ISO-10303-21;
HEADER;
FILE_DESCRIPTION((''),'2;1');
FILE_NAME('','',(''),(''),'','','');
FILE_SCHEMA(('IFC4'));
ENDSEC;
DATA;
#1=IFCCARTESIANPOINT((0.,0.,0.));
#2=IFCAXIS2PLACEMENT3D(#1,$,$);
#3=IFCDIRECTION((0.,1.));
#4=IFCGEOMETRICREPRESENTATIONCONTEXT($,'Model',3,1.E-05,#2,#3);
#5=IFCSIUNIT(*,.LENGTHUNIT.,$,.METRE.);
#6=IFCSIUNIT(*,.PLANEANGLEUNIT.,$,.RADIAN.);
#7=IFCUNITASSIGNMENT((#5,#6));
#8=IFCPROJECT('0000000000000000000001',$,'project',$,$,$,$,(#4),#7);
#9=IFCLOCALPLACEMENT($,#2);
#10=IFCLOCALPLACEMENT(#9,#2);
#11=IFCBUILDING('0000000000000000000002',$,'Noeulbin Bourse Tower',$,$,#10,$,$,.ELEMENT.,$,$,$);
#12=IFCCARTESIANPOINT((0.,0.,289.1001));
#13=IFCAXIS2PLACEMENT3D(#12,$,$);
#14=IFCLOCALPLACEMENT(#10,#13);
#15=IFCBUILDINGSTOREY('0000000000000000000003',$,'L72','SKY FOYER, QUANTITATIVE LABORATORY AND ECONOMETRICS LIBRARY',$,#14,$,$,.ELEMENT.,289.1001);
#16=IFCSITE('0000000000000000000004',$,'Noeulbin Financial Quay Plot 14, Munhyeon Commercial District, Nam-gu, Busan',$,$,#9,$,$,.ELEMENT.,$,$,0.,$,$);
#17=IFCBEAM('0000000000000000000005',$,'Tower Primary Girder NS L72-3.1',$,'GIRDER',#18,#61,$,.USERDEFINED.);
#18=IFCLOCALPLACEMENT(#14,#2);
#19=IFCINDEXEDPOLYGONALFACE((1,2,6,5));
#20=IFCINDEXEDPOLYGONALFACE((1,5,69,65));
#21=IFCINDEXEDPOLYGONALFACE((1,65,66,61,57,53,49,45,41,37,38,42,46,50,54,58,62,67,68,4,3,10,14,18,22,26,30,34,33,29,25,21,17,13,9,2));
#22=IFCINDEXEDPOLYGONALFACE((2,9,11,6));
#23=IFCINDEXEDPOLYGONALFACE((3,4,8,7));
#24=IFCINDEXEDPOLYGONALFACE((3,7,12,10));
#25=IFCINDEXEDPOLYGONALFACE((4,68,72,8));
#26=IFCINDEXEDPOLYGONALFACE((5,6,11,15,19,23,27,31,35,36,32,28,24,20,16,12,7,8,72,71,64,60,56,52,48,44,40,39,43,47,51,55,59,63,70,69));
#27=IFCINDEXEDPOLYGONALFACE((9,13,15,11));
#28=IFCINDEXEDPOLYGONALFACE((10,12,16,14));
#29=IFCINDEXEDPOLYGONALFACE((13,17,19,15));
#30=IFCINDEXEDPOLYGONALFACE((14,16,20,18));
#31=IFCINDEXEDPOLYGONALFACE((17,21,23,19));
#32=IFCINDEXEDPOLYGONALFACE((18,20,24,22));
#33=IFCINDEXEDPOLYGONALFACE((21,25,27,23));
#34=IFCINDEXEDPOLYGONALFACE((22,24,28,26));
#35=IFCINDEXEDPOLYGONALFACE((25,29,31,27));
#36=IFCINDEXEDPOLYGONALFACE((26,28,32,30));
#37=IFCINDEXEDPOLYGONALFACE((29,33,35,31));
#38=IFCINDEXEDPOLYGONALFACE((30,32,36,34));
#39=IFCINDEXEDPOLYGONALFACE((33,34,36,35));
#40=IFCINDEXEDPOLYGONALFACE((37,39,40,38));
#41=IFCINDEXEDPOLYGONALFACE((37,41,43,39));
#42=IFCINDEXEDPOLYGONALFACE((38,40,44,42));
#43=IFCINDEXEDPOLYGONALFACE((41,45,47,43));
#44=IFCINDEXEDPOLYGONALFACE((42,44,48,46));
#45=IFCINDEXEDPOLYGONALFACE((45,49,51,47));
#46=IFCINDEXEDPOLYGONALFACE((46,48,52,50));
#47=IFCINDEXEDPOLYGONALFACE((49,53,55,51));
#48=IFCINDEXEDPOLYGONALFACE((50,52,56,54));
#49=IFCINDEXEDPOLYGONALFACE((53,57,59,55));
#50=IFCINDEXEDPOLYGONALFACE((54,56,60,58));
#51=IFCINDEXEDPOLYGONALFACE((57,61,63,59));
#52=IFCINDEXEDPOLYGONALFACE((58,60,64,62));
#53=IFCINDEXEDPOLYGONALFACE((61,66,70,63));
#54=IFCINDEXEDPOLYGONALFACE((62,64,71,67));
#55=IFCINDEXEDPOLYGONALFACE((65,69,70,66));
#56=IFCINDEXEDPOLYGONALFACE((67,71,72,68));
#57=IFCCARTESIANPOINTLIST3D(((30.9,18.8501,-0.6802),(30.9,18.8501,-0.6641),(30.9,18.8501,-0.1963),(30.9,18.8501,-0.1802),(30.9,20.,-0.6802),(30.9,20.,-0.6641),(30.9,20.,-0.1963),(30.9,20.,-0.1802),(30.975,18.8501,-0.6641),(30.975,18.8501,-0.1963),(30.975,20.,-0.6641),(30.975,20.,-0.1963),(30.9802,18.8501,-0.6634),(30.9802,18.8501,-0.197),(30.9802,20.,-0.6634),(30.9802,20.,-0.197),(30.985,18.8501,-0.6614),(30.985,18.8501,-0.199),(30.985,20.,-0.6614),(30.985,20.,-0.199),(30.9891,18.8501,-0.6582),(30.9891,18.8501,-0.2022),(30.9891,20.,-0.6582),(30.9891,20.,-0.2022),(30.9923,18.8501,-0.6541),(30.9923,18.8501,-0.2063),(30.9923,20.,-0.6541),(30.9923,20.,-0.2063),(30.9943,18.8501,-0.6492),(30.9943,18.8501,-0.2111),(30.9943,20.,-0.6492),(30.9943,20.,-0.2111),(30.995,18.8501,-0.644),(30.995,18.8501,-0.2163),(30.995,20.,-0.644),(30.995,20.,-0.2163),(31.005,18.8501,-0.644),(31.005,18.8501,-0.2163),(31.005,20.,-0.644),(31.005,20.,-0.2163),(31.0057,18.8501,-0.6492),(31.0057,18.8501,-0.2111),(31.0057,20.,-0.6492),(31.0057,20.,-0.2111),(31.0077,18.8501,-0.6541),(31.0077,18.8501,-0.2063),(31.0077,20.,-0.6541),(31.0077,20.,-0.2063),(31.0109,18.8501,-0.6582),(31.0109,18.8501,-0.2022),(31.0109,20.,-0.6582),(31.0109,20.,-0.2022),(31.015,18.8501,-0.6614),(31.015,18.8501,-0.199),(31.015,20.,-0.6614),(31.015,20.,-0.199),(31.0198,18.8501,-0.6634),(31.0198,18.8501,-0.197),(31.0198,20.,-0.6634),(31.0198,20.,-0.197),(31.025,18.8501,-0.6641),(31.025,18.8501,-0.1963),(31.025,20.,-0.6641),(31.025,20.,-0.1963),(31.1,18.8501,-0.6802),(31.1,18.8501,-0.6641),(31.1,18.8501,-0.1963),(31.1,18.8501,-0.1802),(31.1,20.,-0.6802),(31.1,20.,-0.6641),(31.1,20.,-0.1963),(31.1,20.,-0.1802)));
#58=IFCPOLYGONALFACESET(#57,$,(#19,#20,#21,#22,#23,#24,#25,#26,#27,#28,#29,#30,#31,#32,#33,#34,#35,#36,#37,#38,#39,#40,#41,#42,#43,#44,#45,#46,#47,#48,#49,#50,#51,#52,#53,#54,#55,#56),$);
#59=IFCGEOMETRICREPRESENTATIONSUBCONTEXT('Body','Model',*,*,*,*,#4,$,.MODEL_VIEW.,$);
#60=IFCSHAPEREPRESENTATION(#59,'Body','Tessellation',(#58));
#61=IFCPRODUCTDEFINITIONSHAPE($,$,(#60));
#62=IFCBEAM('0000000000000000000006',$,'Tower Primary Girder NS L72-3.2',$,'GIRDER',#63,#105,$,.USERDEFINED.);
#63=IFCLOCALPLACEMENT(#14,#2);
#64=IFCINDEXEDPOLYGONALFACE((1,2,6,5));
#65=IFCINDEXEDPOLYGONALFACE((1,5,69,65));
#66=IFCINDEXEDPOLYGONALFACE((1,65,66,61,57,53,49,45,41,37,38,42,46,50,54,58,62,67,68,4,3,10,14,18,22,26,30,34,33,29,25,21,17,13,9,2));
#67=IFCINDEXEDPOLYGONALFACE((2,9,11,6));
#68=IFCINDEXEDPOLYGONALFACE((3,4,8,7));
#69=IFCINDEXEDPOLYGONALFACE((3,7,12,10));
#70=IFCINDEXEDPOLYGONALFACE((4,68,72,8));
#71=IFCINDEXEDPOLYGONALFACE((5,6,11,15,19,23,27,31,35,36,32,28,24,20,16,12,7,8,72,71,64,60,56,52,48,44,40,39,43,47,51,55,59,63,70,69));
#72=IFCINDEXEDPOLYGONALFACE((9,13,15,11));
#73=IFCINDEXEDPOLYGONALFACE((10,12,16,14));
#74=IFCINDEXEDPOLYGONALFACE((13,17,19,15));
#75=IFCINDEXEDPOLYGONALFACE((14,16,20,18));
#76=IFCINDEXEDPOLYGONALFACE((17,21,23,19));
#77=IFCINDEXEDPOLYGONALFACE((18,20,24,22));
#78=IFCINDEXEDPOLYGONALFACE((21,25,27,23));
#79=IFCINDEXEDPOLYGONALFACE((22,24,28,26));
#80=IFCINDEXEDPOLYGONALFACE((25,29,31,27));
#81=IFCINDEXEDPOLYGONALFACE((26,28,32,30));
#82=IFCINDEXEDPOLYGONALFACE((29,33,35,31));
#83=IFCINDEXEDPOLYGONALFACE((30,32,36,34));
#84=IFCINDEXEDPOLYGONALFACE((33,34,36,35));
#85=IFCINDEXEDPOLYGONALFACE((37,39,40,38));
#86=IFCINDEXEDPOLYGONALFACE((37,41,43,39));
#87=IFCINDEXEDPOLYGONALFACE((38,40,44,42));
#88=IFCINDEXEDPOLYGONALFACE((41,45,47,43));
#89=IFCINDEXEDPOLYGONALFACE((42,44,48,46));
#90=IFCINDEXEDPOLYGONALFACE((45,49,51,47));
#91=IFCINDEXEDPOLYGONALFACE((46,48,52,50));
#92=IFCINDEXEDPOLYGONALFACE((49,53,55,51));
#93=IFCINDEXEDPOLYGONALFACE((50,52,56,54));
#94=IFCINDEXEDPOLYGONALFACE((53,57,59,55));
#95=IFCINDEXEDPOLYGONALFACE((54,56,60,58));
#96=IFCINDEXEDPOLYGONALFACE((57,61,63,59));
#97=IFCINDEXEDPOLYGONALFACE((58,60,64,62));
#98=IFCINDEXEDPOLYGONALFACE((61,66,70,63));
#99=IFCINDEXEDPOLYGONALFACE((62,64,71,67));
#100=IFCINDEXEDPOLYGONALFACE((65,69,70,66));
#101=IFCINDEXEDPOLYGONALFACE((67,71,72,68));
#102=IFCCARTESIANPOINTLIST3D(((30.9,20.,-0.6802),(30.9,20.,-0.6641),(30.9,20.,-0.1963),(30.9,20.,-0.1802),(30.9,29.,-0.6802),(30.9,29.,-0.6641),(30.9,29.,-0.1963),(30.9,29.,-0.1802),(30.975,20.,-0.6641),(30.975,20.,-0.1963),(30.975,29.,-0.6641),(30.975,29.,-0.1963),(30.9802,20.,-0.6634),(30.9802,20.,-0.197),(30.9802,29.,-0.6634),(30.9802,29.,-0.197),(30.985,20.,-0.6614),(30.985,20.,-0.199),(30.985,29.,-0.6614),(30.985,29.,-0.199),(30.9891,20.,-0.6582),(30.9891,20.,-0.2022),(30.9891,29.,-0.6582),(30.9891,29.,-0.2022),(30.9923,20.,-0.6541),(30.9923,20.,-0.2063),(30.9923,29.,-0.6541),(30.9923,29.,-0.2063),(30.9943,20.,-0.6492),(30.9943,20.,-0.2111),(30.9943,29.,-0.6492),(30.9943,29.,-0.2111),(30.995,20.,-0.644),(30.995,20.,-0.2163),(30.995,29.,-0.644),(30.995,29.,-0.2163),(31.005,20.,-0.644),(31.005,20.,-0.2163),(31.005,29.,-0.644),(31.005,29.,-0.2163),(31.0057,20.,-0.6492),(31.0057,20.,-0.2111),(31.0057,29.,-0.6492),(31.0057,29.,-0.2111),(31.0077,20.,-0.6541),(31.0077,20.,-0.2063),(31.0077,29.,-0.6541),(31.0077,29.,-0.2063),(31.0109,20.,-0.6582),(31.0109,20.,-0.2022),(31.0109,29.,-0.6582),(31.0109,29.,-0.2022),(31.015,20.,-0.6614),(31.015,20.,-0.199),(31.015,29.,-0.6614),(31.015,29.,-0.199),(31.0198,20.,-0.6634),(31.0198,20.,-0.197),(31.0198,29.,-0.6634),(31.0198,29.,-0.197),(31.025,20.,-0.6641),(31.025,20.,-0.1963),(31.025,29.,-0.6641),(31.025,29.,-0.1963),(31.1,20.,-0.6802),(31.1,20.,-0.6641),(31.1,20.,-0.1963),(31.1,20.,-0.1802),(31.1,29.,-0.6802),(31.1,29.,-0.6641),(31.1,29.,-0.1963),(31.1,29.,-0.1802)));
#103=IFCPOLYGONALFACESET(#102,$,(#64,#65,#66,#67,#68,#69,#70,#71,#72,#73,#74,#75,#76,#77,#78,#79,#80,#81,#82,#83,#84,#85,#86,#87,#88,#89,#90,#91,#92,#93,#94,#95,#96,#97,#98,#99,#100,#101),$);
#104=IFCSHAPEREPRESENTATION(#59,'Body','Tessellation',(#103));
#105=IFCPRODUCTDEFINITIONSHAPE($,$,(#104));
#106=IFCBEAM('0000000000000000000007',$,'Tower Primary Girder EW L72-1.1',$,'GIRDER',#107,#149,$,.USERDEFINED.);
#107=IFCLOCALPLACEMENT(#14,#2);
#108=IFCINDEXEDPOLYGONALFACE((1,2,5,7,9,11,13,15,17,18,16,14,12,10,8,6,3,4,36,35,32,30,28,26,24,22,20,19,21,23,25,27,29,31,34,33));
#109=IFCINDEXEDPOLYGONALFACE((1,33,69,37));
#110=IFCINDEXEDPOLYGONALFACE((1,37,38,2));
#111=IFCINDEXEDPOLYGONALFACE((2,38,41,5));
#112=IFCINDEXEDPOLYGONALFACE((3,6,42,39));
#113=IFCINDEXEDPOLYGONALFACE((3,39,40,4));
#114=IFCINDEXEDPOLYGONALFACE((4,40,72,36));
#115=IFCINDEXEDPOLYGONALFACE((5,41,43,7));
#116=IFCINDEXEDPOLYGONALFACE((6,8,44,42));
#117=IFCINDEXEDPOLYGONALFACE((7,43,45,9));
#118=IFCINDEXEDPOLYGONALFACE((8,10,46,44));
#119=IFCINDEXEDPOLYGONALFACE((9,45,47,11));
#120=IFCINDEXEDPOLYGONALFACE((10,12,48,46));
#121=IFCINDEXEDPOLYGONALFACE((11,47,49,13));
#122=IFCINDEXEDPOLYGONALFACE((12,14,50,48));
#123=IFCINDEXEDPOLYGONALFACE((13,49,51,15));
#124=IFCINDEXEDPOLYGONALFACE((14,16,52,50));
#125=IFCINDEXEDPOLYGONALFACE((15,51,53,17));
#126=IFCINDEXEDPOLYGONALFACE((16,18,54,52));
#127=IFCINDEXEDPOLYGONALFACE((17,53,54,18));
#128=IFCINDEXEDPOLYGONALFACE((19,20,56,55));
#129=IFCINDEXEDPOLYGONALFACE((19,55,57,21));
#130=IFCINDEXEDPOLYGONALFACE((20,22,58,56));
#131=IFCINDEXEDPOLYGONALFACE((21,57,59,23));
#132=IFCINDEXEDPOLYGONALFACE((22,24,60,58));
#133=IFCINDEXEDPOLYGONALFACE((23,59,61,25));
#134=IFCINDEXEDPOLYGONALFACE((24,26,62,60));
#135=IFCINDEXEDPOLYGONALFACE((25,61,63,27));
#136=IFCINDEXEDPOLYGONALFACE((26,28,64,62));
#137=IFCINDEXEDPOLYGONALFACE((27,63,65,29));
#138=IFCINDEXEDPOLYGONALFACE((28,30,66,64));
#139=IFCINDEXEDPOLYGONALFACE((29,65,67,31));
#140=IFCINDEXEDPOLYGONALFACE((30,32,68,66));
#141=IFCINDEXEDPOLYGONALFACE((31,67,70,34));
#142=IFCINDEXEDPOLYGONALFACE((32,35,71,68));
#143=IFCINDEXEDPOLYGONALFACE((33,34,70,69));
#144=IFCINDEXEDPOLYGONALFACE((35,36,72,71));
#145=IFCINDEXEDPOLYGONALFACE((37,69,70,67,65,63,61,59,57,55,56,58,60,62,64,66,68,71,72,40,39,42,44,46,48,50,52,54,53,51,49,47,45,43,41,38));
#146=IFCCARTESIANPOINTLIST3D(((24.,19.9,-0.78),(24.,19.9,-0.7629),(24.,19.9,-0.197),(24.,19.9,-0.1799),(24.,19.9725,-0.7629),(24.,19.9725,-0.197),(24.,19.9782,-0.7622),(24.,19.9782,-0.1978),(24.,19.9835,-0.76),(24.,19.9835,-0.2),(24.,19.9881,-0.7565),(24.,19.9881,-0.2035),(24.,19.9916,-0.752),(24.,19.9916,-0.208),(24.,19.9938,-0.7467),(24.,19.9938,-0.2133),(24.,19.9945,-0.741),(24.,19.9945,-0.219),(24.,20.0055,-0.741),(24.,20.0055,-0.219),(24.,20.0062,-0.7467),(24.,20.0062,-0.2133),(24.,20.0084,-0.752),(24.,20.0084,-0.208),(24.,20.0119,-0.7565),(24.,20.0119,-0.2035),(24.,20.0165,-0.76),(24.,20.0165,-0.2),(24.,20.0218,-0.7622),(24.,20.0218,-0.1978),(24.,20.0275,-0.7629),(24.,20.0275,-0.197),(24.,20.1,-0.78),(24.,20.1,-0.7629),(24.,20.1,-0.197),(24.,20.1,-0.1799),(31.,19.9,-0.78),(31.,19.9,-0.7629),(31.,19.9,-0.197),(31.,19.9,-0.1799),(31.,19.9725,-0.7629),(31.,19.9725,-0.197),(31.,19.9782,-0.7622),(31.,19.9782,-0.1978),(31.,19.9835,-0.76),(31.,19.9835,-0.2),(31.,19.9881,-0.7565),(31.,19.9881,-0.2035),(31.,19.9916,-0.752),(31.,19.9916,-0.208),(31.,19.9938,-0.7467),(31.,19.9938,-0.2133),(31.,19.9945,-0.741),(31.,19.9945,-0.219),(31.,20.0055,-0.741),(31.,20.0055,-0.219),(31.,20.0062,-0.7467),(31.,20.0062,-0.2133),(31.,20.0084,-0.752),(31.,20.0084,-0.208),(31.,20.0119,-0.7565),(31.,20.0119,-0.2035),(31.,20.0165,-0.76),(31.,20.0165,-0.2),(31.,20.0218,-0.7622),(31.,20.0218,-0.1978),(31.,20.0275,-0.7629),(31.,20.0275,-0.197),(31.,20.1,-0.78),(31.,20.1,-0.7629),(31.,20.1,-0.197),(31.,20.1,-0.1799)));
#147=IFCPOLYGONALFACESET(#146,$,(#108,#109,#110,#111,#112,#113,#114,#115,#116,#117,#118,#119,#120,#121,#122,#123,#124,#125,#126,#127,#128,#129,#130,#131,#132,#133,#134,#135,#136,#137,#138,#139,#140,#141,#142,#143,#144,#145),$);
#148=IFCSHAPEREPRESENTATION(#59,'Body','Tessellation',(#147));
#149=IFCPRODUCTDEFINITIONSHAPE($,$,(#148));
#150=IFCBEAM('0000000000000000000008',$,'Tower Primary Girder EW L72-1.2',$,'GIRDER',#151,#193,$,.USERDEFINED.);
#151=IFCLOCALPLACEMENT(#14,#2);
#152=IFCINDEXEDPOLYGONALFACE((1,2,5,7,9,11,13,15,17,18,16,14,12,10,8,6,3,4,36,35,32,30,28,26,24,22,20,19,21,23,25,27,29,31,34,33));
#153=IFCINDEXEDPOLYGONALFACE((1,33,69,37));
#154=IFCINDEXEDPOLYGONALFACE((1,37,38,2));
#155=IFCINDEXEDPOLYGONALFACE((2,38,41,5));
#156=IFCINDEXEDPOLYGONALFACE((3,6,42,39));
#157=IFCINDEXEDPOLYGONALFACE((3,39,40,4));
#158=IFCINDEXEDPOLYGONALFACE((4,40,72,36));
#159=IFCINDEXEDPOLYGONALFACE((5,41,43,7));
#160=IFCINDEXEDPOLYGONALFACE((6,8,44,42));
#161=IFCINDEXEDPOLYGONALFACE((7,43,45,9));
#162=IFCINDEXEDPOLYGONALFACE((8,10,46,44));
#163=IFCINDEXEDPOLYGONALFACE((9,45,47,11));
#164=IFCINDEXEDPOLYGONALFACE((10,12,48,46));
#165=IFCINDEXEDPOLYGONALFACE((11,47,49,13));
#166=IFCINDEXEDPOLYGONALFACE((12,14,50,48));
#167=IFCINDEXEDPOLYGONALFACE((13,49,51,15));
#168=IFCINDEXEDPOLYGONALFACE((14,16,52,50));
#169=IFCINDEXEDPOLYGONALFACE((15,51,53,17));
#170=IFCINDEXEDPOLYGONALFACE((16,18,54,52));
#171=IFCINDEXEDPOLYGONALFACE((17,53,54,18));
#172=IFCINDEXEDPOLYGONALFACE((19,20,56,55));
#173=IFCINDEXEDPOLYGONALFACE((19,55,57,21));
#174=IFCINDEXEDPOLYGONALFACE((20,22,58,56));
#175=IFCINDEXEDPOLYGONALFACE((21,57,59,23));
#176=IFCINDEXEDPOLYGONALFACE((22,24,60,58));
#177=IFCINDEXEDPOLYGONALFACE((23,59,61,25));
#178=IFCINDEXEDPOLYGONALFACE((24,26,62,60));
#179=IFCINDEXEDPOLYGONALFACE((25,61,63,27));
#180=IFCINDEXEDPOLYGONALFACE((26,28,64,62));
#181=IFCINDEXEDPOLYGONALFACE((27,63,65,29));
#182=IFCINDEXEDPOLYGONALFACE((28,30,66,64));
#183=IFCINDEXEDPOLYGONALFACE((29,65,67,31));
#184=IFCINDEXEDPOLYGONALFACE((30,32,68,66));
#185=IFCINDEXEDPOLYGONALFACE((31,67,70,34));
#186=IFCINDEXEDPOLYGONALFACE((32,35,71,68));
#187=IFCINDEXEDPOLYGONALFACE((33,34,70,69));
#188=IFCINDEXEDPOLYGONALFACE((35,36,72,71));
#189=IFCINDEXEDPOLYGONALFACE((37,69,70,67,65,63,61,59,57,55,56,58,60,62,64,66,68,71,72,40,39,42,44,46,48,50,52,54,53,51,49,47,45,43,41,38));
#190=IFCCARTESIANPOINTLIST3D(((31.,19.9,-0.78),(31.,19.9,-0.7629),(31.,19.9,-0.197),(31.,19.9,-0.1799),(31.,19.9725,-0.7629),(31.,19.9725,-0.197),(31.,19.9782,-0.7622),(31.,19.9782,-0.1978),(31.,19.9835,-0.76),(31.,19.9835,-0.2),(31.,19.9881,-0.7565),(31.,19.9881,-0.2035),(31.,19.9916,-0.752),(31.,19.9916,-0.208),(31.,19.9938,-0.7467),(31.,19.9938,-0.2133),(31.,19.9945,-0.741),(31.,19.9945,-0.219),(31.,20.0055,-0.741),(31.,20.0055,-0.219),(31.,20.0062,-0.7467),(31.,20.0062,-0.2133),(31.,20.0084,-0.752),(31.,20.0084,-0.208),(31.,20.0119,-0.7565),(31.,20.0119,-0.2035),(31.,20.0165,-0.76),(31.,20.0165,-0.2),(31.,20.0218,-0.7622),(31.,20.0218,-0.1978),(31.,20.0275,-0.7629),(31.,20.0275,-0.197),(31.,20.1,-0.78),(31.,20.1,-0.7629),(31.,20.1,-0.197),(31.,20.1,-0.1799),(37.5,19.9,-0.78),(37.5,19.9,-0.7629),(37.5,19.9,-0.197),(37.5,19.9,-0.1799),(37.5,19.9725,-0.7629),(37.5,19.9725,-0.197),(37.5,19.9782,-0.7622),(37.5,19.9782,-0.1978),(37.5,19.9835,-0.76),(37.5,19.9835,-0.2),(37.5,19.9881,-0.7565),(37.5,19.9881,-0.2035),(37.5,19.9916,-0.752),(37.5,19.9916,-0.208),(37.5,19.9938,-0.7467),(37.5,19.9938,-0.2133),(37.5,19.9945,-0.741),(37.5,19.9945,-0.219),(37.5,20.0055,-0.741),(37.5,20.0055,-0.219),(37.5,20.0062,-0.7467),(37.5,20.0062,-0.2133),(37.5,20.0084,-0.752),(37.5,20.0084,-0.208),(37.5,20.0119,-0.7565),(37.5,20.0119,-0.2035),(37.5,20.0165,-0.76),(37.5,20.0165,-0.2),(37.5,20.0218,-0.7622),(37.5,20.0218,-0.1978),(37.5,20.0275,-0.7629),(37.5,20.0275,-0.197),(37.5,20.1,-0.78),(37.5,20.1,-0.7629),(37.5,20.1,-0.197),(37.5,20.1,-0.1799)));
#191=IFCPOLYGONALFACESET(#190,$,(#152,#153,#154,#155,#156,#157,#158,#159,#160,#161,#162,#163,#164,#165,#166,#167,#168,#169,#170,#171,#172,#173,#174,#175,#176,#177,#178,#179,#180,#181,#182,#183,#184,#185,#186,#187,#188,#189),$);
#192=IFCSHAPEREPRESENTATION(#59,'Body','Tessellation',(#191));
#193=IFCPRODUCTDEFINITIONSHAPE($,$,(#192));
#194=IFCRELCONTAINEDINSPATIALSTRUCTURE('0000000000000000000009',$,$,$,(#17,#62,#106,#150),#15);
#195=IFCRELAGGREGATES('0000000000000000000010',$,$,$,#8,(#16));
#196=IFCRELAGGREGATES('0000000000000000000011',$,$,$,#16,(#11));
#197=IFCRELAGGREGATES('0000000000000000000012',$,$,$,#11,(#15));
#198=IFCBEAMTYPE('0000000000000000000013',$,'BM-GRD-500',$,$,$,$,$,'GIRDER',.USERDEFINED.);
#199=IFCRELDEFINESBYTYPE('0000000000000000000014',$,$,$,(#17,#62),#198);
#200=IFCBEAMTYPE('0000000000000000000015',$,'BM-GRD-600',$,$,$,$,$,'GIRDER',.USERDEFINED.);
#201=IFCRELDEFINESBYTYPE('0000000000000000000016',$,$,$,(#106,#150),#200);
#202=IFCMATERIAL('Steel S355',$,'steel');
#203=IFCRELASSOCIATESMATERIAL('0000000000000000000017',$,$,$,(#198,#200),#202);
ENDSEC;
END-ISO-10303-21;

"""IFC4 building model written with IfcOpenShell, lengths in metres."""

from ifc_helpers import new_model, si_unit, direction, frame, origin, origin_2d, place, context, subcontext, project, spatial, i_section, extrude, material, material_profile, profile_set, type_object, element, save


model = new_model("IFC4")

# Units and contexts
model_context = context("Model", 3, precision=1e-05, world=origin(), true_north=direction((0.0, 1.0)))
body_context = subcontext(model_context, "Body", "Model", "MODEL_VIEW")
ifc_project = project(units=[si_unit("LENGTHUNIT", "METRE"), si_unit("PLANEANGLEUNIT", "RADIAN")], contexts=[model_context])

# Site, building, storey
site_placement = place(None, origin())
site = spatial("IfcSite", under=ifc_project, at=site_placement, Name="Noeulbin Financial Quay Plot 14, Munhyeon Commercial District, Nam-gu, Busan", CompositionType="ELEMENT", RefElevation=0.0)
building_placement = place(site_placement, origin())
building = spatial("IfcBuilding", under=site, at=building_placement, Name="Noeulbin Bourse Tower", CompositionType="ELEMENT")
storey_placement = place(building_placement, frame((0.0, 0.0, 289.1001)))
storey = spatial("IfcBuildingStorey", under=building, at=storey_placement, Name="L72", Description="SKY FOYER, QUANTITATIVE LABORATORY AND ECONOMETRICS LIBRARY", CompositionType="ELEMENT", Elevation=289.1001)

# Shared definitions
ifc_material_1 = material(Name="Steel S355", Category="steel")

# Beams
ifc_material_profile_1 = material_profile(ifc_material_1, i_section(OverallWidth=0.2, OverallDepth=0.5, WebThickness=0.01, FlangeThickness=0.0161, FilletRadius=0.02, at=origin_2d()), Name="H-500x200x10x16", Category="LoadBearing")
ifc_profile_set_1 = profile_set([ifc_material_profile_1], Name="Steel S355")
beam_type_1 = type_object("IfcBeamType", Name="BM-GRD-500", ElementType="GIRDER", PredefinedType="USERDEFINED", material=ifc_profile_set_1)
beam_1_placement = place(storey_placement, frame((31.0, 18.8501, -0.4302), z_axis=(0.0, 1.0, 0.0), x_axis=(-1.0, 0.0, 0.0)))
element("IfcBeam", 1, at=beam_1_placement, inside=storey, type_object=beam_type_1, Name="Tower Primary Girder NS L72-3.1", ObjectType="GIRDER", PredefinedType="USERDEFINED", context=body_context, shape_type="SweptSolid", body=[
    extrude(i_section(OverallWidth=0.2, OverallDepth=0.5, WebThickness=0.01, FlangeThickness=0.0161, FilletRadius=0.02, at=origin_2d()), origin(), (0.0, 0.0, 1.0), 1.1499),
])
beam_2_placement = place(storey_placement, frame((31.0, 20.0, -0.4302), z_axis=(0.0, 1.0, 0.0), x_axis=(-1.0, 0.0, 0.0)))
element("IfcBeam", 2, at=beam_2_placement, inside=storey, type_object=beam_type_1, Name="Tower Primary Girder NS L72-3.2", ObjectType="GIRDER", PredefinedType="USERDEFINED", context=body_context, shape_type="SweptSolid", body=[
    extrude(i_section(OverallWidth=0.2, OverallDepth=0.5, WebThickness=0.01, FlangeThickness=0.0161, FilletRadius=0.02, at=origin_2d()), origin(), (0.0, 0.0, 1.0), 9.0),
])
ifc_material_profile_2 = material_profile(ifc_material_1, i_section(OverallWidth=0.2, OverallDepth=0.6001, WebThickness=0.011, FlangeThickness=0.0171, FilletRadius=0.022, at=origin_2d()), Name="H-600x200x11x17", Category="LoadBearing")
ifc_profile_set_2 = profile_set([ifc_material_profile_2], Name="Steel S355")
beam_type_2 = type_object("IfcBeamType", Name="BM-GRD-600", ElementType="GIRDER", PredefinedType="USERDEFINED", material=ifc_profile_set_2)
beam_3_placement = place(storey_placement, frame((24.0, 20.0, -0.48), z_axis=(1.0, 0.0, 0.0), x_axis=(0.0, 1.0, 0.0)))
element("IfcBeam", 3, at=beam_3_placement, inside=storey, type_object=beam_type_2, Name="Tower Primary Girder EW L72-1.1", ObjectType="GIRDER", PredefinedType="USERDEFINED", context=body_context, shape_type="SweptSolid", body=[
    extrude(i_section(OverallWidth=0.2, OverallDepth=0.6001, WebThickness=0.011, FlangeThickness=0.0171, FilletRadius=0.022, at=origin_2d()), origin(), (0.0, 0.0, 1.0), 7.0),
])
beam_4_placement = place(storey_placement, frame((31.0, 20.0, -0.48), z_axis=(1.0, 0.0, 0.0), x_axis=(0.0, 1.0, 0.0)))
element("IfcBeam", 4, at=beam_4_placement, inside=storey, type_object=beam_type_2, Name="Tower Primary Girder EW L72-1.2", ObjectType="GIRDER", PredefinedType="USERDEFINED", context=body_context, shape_type="SweptSolid", body=[
    extrude(i_section(OverallWidth=0.2, OverallDepth=0.6001, WebThickness=0.011, FlangeThickness=0.0171, FilletRadius=0.022, at=origin_2d()), origin(), (0.0, 0.0, 1.0), 6.5),
])

save(model, "model.ifc")
